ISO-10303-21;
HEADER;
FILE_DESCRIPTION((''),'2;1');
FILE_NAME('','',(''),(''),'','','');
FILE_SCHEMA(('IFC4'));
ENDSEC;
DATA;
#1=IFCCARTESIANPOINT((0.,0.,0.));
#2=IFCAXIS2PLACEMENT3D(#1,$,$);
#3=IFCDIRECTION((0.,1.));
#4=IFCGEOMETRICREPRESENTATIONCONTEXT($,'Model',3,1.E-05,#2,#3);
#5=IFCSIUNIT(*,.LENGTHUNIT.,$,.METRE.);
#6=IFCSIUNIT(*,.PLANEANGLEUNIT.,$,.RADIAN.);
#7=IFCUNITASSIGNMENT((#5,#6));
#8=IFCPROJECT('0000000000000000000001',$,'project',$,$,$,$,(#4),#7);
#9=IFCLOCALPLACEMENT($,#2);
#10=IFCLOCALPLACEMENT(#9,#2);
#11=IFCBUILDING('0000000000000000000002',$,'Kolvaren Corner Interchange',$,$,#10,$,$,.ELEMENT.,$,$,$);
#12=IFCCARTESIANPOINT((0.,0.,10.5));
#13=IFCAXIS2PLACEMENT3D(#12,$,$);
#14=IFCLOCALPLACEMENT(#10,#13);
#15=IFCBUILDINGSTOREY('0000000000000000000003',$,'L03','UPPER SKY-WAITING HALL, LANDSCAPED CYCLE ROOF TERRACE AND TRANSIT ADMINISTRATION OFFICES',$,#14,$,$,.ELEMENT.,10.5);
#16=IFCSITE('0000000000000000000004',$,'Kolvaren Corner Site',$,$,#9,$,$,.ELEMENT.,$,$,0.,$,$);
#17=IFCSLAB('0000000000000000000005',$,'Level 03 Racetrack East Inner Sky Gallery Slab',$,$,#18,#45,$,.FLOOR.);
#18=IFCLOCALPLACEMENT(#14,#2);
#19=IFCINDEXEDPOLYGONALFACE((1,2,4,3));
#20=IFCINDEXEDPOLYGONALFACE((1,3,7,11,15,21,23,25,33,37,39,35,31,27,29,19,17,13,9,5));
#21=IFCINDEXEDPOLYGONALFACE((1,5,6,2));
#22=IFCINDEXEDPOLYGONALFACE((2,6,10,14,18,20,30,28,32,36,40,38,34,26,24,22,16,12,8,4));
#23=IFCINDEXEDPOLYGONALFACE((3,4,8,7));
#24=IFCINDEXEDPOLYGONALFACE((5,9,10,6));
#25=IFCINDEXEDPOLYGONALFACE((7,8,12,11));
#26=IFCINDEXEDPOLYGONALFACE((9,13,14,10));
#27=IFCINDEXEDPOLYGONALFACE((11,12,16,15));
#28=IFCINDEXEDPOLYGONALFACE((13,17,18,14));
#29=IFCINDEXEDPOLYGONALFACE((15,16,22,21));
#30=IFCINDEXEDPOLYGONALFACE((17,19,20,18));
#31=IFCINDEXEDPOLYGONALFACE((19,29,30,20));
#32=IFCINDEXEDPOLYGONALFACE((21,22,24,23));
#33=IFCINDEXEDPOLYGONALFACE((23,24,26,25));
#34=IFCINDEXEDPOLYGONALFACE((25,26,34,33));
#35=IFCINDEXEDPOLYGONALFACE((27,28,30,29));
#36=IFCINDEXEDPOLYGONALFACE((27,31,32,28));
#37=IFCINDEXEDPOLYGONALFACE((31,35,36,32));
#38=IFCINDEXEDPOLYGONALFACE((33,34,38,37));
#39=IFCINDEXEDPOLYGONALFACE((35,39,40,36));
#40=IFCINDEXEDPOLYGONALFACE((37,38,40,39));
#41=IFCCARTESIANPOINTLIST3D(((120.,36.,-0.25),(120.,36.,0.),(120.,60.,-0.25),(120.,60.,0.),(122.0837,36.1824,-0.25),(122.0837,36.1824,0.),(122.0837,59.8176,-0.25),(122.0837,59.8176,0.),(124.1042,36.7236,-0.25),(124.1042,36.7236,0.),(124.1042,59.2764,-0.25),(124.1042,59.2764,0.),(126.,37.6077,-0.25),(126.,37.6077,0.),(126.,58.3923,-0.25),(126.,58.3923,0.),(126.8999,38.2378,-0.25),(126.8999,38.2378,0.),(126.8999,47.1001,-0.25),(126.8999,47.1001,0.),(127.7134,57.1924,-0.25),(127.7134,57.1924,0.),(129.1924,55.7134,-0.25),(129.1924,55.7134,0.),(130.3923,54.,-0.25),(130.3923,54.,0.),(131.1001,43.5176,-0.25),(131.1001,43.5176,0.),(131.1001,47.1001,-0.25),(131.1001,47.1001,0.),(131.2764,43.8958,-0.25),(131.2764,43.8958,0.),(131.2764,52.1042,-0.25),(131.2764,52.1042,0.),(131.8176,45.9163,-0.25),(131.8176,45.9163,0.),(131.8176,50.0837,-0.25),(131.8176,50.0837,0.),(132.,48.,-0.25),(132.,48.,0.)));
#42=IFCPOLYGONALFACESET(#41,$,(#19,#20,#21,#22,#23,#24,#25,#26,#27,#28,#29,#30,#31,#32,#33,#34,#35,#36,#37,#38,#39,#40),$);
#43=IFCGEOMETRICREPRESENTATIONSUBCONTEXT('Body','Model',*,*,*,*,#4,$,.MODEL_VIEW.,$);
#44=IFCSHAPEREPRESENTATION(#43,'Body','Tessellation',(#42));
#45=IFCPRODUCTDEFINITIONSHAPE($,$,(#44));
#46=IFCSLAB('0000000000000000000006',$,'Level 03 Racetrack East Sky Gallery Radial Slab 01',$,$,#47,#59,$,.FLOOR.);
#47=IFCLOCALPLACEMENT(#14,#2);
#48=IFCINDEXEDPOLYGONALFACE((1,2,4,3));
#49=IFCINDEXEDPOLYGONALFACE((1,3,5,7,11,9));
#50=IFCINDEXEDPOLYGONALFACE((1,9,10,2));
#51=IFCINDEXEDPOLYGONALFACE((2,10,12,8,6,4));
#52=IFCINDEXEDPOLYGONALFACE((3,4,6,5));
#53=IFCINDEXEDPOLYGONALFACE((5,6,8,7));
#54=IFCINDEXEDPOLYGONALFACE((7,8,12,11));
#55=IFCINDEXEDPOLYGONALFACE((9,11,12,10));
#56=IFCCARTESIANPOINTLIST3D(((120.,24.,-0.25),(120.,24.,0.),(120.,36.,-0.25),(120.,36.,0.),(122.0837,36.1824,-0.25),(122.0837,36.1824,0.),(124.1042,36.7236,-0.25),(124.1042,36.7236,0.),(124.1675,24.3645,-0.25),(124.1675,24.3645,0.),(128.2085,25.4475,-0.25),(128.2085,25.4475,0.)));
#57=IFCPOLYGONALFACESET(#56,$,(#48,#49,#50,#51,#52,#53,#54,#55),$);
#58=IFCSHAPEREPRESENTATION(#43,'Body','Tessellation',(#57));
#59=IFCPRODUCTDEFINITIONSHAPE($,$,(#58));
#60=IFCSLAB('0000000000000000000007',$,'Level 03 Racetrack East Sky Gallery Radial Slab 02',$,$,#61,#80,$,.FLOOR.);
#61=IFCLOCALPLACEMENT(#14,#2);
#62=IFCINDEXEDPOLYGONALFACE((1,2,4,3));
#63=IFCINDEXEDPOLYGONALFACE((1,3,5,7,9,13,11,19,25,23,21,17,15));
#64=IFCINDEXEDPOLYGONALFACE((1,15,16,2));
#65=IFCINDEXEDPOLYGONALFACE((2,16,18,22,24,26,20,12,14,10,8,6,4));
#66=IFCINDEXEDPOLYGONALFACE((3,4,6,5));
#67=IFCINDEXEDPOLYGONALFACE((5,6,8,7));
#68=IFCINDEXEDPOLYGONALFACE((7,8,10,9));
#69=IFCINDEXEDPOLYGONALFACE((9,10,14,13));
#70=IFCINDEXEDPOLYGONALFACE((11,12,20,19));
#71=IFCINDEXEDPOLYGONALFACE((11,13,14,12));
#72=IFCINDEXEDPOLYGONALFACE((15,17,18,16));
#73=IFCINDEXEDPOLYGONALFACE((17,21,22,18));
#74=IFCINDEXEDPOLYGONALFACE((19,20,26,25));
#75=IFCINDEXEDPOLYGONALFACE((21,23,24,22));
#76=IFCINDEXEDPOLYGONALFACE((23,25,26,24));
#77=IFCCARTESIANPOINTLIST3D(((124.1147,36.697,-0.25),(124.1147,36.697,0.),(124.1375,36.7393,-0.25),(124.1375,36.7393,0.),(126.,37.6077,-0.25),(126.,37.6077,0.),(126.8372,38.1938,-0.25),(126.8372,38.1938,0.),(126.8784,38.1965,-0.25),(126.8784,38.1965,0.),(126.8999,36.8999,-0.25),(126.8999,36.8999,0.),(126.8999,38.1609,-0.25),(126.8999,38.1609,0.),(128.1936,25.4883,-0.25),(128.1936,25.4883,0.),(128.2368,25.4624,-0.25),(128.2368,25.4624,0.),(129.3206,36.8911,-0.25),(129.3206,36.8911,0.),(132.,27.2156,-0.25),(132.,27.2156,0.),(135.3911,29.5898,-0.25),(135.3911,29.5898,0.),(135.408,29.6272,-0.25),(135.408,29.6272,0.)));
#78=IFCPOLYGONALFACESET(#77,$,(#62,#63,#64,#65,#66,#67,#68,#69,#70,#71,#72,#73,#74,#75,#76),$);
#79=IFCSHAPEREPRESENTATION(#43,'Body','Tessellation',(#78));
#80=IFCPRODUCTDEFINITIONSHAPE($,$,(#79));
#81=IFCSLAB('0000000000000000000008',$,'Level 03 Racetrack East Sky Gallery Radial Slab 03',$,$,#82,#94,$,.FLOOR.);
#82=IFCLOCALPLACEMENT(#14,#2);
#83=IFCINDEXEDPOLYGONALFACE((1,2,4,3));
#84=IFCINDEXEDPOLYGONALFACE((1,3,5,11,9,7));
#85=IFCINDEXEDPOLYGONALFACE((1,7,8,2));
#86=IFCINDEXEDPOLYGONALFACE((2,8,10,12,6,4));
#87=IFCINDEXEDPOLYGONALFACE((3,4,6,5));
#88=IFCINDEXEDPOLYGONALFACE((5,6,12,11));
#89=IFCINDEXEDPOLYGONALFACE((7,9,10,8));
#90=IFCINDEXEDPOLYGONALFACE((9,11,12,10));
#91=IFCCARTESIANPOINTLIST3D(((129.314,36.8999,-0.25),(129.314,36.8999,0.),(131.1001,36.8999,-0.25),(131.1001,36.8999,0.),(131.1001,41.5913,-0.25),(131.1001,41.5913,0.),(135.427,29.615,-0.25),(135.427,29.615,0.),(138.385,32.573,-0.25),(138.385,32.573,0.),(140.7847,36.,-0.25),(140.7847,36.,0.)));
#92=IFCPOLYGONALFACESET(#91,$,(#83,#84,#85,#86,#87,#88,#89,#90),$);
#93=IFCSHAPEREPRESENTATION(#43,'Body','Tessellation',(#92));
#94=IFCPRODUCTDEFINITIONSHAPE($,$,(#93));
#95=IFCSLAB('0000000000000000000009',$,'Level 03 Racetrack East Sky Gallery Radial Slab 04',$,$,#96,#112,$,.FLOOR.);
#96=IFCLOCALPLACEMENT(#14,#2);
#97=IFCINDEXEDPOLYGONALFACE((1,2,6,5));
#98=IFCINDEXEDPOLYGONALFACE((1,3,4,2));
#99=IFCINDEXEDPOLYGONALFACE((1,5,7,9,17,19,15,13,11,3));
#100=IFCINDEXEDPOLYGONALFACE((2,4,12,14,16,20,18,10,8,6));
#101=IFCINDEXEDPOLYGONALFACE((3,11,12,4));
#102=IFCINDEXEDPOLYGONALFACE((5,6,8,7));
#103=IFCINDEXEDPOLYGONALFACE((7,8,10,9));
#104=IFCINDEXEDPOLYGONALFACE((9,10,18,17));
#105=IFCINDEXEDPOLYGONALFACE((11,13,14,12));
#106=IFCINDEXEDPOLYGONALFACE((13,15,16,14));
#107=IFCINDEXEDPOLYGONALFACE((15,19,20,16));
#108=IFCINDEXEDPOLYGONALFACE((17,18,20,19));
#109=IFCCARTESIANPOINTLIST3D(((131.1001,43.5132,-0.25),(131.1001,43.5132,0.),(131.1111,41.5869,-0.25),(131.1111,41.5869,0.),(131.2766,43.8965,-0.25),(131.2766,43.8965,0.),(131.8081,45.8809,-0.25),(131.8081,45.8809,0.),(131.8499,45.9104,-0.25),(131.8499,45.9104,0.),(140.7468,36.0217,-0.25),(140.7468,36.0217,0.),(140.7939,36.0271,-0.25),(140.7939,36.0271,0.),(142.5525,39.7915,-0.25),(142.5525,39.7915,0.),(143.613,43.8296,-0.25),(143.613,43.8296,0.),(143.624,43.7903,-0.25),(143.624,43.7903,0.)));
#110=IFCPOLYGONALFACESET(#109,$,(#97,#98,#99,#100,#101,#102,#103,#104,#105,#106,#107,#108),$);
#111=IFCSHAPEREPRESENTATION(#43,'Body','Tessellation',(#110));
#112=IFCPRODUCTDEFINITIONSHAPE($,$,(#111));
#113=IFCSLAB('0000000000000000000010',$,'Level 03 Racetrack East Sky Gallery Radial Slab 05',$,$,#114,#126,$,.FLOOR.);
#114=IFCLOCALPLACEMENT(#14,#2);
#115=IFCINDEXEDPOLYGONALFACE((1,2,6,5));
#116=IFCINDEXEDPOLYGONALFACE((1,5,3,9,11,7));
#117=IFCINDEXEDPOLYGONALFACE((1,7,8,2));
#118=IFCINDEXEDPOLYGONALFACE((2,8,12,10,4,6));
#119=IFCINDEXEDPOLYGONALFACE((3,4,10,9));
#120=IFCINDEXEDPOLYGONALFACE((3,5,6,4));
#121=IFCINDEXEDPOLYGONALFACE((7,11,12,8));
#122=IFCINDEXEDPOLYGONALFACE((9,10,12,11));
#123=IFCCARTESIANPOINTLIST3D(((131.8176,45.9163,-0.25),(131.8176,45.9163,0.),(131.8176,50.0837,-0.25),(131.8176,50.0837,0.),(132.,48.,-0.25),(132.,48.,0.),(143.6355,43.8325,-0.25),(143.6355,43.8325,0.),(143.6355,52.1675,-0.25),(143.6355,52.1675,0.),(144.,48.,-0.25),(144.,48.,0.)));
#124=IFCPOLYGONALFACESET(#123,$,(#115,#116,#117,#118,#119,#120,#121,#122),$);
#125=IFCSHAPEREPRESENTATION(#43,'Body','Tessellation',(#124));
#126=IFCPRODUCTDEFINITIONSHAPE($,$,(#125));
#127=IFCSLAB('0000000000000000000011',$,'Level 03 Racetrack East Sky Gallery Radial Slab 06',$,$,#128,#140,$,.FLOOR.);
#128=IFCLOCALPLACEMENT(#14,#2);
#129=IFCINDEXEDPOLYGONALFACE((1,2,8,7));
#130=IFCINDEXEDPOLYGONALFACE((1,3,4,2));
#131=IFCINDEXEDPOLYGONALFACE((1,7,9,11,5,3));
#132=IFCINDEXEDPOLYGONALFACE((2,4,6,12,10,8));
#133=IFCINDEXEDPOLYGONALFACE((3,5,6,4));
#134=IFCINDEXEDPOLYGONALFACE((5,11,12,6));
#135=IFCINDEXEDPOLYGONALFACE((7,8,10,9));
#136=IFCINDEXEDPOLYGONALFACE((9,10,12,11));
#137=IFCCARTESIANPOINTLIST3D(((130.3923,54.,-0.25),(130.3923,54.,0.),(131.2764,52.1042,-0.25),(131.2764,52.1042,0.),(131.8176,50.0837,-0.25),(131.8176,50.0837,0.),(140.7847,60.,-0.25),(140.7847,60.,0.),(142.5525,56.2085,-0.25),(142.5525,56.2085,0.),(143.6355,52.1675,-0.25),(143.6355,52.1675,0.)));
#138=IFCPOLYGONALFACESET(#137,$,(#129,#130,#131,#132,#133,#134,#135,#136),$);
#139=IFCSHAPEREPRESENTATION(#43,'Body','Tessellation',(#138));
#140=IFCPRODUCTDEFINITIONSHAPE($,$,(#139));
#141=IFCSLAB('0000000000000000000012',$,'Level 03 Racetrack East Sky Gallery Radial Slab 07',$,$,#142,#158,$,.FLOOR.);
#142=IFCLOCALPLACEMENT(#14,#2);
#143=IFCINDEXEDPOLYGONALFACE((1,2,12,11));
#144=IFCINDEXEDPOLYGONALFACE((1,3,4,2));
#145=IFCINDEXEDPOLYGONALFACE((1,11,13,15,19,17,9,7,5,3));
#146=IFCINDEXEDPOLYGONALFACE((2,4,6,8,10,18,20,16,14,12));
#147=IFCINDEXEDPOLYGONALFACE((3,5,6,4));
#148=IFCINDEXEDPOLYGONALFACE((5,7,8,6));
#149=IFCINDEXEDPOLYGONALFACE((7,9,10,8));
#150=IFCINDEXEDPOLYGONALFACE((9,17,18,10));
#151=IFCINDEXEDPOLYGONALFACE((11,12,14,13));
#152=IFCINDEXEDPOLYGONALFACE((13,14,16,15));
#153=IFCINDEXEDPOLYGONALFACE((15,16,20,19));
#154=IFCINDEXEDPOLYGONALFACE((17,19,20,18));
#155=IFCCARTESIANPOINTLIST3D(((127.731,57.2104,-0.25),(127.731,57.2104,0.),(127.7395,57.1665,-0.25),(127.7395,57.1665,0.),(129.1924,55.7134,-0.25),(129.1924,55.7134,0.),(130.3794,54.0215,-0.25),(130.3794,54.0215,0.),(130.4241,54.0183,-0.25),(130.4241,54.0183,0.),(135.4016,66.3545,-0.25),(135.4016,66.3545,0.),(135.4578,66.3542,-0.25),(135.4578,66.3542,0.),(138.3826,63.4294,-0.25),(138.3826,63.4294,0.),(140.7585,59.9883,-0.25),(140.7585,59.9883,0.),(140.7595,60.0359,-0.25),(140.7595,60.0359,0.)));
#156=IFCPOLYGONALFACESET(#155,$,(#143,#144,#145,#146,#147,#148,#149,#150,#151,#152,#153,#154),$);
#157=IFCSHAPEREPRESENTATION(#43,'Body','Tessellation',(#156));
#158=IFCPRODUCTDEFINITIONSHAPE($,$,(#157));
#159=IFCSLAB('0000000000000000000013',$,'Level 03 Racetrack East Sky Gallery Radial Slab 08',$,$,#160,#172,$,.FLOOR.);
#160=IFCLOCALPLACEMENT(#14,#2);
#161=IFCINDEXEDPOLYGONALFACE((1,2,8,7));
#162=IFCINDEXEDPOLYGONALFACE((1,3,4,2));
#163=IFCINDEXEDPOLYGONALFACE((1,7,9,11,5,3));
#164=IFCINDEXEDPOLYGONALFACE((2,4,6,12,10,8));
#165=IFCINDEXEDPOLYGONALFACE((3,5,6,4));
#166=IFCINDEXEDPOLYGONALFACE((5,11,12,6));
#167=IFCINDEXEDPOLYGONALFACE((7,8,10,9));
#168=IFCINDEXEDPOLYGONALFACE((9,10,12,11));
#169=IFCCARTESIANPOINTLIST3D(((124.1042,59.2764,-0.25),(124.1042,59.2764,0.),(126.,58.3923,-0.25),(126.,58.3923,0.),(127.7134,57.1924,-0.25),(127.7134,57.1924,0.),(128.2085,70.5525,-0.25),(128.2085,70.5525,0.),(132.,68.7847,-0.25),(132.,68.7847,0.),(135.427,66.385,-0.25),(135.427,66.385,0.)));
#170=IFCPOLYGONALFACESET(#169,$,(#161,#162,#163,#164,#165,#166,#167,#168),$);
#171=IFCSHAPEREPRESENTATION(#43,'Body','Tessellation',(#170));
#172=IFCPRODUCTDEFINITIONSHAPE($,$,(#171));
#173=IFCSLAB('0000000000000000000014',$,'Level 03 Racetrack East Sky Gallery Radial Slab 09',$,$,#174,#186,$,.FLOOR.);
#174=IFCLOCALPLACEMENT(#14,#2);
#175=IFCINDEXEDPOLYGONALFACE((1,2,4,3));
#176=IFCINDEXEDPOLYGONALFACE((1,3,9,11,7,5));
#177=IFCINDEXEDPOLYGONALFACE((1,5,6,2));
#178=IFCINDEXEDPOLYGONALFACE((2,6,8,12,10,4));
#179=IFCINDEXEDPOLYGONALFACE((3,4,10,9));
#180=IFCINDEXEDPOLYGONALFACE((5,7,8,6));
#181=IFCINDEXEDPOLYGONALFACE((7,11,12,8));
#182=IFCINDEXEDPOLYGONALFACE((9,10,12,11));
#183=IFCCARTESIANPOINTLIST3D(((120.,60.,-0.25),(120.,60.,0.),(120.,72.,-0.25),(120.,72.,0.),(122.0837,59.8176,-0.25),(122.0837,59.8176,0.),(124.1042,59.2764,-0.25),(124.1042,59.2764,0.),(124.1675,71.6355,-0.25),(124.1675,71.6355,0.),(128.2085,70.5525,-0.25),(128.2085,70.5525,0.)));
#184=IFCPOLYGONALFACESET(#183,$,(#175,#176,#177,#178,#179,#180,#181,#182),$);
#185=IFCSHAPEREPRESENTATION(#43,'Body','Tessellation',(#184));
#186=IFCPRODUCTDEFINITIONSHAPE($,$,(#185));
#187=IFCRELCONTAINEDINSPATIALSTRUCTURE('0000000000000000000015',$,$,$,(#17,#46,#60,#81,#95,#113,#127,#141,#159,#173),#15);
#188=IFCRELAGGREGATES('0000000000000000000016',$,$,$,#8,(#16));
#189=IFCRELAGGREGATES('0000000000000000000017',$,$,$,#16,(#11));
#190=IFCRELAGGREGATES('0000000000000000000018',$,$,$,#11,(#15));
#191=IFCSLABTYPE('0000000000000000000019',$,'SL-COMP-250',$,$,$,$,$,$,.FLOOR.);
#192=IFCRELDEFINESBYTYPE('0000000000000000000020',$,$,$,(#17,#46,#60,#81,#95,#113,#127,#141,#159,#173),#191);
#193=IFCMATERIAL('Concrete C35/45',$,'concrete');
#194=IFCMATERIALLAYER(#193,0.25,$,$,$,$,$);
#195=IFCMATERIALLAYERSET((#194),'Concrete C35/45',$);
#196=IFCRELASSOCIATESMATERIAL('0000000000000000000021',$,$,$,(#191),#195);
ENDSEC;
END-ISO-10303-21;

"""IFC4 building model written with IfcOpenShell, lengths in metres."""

from ifc_helpers import new_model, si_unit, direction, frame, origin, place, context, subcontext, project, spatial, polyline, outline, extrude, material, layer, layer_set, type_object, element, save


model = new_model("IFC4")

# Units and contexts
model_context = context("Model", 3, precision=1e-05, world=origin(), true_north=direction((0.0, 1.0)))
body_context = subcontext(model_context, "Body", "Model", "MODEL_VIEW")
ifc_project = project(units=[si_unit("LENGTHUNIT", "METRE"), si_unit("PLANEANGLEUNIT", "RADIAN")], contexts=[model_context])

# Site, building, storey
site_placement = place(None, origin())
site = spatial("IfcSite", under=ifc_project, at=site_placement, Name="Kolvaren Corner Site", CompositionType="ELEMENT", RefElevation=0.0)
building_placement = place(site_placement, origin())
building = spatial("IfcBuilding", under=site, at=building_placement, Name="Kolvaren Corner Interchange", CompositionType="ELEMENT")
storey_placement = place(building_placement, frame((0.0, 0.0, 10.5)))
storey = spatial("IfcBuildingStorey", under=building, at=storey_placement, Name="L03", Description="UPPER SKY-WAITING HALL, LANDSCAPED CYCLE ROOF TERRACE AND TRANSIT ADMINISTRATION OFFICES", CompositionType="ELEMENT", Elevation=10.5)

# Slabs
ifc_material_1 = material(Name="Concrete C35/45", Category="concrete")
ifc_layer_1 = layer(ifc_material_1, 0.25)
ifc_layer_set_1 = layer_set([ifc_layer_1], Name="Concrete C35/45")
slab_type_1 = type_object("IfcSlabType", Name="SL-COMP-250", PredefinedType="FLOOR", material=ifc_layer_set_1)
slab_1_placement = place(storey_placement, frame((0.0, 0.0, -0.25)))
element("IfcSlab", 1, at=slab_1_placement, inside=storey, type_object=slab_type_1, Name="Level 03 Racetrack East Inner Sky Gallery Slab", PredefinedType="FLOOR", context=body_context, shape_type="SweptSolid", body=[
    extrude(outline(polyline([(126.0, 37.6077), (126.8999, 38.2378), (126.8999, 47.1001), (131.1001, 47.1001), (131.1001, 43.5176), (131.2764, 43.8958), (131.8176, 45.9163), (132.0, 48.0), (131.8176, 50.0837), (131.2764, 52.1042), (130.3923, 54.0), (129.1924, 55.7134), (127.7134, 57.1924), (126.0, 58.3923), (124.1042, 59.2764), (122.0837, 59.8176), (120.0, 60.0), (120.0, 36.0), (122.0837, 36.1824), (124.1042, 36.7236), (126.0, 37.6077)])), origin(), (0.0, 0.0, 1.0), 0.25),
])
slab_2_placement = place(storey_placement, frame((0.0, 0.0, -0.25)))
element("IfcSlab", 2, at=slab_2_placement, inside=storey, type_object=slab_type_1, Name="Level 03 Racetrack East Sky Gallery Radial Slab 01", PredefinedType="FLOOR", context=body_context, shape_type="SweptSolid", body=[
    extrude(outline(polyline([(124.1675, 24.3645), (128.2085, 25.4475), (124.1042, 36.7236), (122.0837, 36.1824), (120.0, 36.0), (120.0, 24.0), (124.1675, 24.3645)])), origin(), (0.0, 0.0, 1.0), 0.25),
])
slab_3_placement = place(storey_placement, frame((0.0, 0.0, -0.25)))
element("IfcSlab", 3, at=slab_3_placement, inside=storey, type_object=slab_type_1, Name="Level 03 Racetrack East Sky Gallery Radial Slab 02", PredefinedType="FLOOR", context=body_context, shape_type="SweptSolid", body=[
    extrude(outline(polyline([(126.8372, 38.1938), (126.0, 37.6077), (124.1375, 36.7393), (124.1147, 36.697), (128.1936, 25.4883), (128.2368, 25.4624), (132.0, 27.2156), (135.3911, 29.5898), (135.408, 29.6272), (129.3206, 36.8911), (126.8999, 36.8999), (126.8999, 38.1609), (126.8784, 38.1965), (126.8372, 38.1938)])), origin(), (0.0, 0.0, 1.0), 0.25),
])
slab_4_placement = place(storey_placement, frame((0.0, 0.0, -0.25)))
element("IfcSlab", 4, at=slab_4_placement, inside=storey, type_object=slab_type_1, Name="Level 03 Racetrack East Sky Gallery Radial Slab 03", PredefinedType="FLOOR", context=body_context, shape_type="SweptSolid", body=[
    extrude(outline(polyline([(138.385, 32.573), (140.7847, 36.0), (131.1001, 41.5913), (131.1001, 36.8999), (129.314, 36.8999), (135.427, 29.615), (138.385, 32.573)])), origin(), (0.0, 0.0, 1.0), 0.25),
])
slab_5_placement = place(storey_placement, frame((0.0, 0.0, -0.25)))
element("IfcSlab", 5, at=slab_5_placement, inside=storey, type_object=slab_type_1, Name="Level 03 Racetrack East Sky Gallery Radial Slab 04", PredefinedType="FLOOR", context=body_context, shape_type="SweptSolid", body=[
    extrude(outline(polyline([(131.2766, 43.8965), (131.1001, 43.5132), (131.1111, 41.5869), (140.7468, 36.0217), (140.7939, 36.0271), (142.5525, 39.7915), (143.624, 43.7903), (143.613, 43.8296), (131.8499, 45.9104), (131.8081, 45.8809), (131.2766, 43.8965)])), origin(), (0.0, 0.0, 1.0), 0.25),
])
slab_6_placement = place(storey_placement, frame((0.0, 0.0, -0.25)))
element("IfcSlab", 6, at=slab_6_placement, inside=storey, type_object=slab_type_1, Name="Level 03 Racetrack East Sky Gallery Radial Slab 05", PredefinedType="FLOOR", context=body_context, shape_type="SweptSolid", body=[
    extrude(outline(polyline([(144.0, 48.0), (143.6355, 52.1675), (131.8176, 50.0837), (132.0, 48.0), (131.8176, 45.9163), (143.6355, 43.8325), (144.0, 48.0)])), origin(), (0.0, 0.0, 1.0), 0.25),
])
slab_7_placement = place(storey_placement, frame((0.0, 0.0, -0.25)))
element("IfcSlab", 7, at=slab_7_placement, inside=storey, type_object=slab_type_1, Name="Level 03 Racetrack East Sky Gallery Radial Slab 06", PredefinedType="FLOOR", context=body_context, shape_type="SweptSolid", body=[
    extrude(outline(polyline([(142.5525, 56.2085), (140.7847, 60.0), (130.3923, 54.0), (131.2764, 52.1042), (131.8176, 50.0837), (143.6355, 52.1675), (142.5525, 56.2085)])), origin(), (0.0, 0.0, 1.0), 0.25),
])
slab_8_placement = place(storey_placement, frame((0.0, 0.0, -0.25)))
element("IfcSlab", 8, at=slab_8_placement, inside=storey, type_object=slab_type_1, Name="Level 03 Racetrack East Sky Gallery Radial Slab 07", PredefinedType="FLOOR", context=body_context, shape_type="SweptSolid", body=[
    extrude(outline(polyline([(138.3826, 63.4294), (135.4578, 66.3542), (135.4016, 66.3545), (127.731, 57.2104), (127.7395, 57.1665), (129.1924, 55.7134), (130.3794, 54.0215), (130.4241, 54.0183), (140.7585, 59.9883), (140.7595, 60.0359), (138.3826, 63.4294)])), origin(), (0.0, 0.0, 1.0), 0.25),
])
slab_9_placement = place(storey_placement, frame((0.0, 0.0, -0.25)))
element("IfcSlab", 9, at=slab_9_placement, inside=storey, type_object=slab_type_1, Name="Level 03 Racetrack East Sky Gallery Radial Slab 08", PredefinedType="FLOOR", context=body_context, shape_type="SweptSolid", body=[
    extrude(outline(polyline([(132.0, 68.7847), (128.2085, 70.5525), (124.1042, 59.2764), (126.0, 58.3923), (127.7134, 57.1924), (135.427, 66.385), (132.0, 68.7847)])), origin(), (0.0, 0.0, 1.0), 0.25),
])
slab_10_placement = place(storey_placement, frame((0.0, 0.0, -0.25)))
element("IfcSlab", 10, at=slab_10_placement, inside=storey, type_object=slab_type_1, Name="Level 03 Racetrack East Sky Gallery Radial Slab 09", PredefinedType="FLOOR", context=body_context, shape_type="SweptSolid", body=[
    extrude(outline(polyline([(124.1675, 71.6355), (120.0, 72.0), (120.0, 60.0), (122.0837, 59.8176), (124.1042, 59.2764), (128.2085, 70.5525), (124.1675, 71.6355)])), origin(), (0.0, 0.0, 1.0), 0.25),
])

save(model, "model.ifc")
